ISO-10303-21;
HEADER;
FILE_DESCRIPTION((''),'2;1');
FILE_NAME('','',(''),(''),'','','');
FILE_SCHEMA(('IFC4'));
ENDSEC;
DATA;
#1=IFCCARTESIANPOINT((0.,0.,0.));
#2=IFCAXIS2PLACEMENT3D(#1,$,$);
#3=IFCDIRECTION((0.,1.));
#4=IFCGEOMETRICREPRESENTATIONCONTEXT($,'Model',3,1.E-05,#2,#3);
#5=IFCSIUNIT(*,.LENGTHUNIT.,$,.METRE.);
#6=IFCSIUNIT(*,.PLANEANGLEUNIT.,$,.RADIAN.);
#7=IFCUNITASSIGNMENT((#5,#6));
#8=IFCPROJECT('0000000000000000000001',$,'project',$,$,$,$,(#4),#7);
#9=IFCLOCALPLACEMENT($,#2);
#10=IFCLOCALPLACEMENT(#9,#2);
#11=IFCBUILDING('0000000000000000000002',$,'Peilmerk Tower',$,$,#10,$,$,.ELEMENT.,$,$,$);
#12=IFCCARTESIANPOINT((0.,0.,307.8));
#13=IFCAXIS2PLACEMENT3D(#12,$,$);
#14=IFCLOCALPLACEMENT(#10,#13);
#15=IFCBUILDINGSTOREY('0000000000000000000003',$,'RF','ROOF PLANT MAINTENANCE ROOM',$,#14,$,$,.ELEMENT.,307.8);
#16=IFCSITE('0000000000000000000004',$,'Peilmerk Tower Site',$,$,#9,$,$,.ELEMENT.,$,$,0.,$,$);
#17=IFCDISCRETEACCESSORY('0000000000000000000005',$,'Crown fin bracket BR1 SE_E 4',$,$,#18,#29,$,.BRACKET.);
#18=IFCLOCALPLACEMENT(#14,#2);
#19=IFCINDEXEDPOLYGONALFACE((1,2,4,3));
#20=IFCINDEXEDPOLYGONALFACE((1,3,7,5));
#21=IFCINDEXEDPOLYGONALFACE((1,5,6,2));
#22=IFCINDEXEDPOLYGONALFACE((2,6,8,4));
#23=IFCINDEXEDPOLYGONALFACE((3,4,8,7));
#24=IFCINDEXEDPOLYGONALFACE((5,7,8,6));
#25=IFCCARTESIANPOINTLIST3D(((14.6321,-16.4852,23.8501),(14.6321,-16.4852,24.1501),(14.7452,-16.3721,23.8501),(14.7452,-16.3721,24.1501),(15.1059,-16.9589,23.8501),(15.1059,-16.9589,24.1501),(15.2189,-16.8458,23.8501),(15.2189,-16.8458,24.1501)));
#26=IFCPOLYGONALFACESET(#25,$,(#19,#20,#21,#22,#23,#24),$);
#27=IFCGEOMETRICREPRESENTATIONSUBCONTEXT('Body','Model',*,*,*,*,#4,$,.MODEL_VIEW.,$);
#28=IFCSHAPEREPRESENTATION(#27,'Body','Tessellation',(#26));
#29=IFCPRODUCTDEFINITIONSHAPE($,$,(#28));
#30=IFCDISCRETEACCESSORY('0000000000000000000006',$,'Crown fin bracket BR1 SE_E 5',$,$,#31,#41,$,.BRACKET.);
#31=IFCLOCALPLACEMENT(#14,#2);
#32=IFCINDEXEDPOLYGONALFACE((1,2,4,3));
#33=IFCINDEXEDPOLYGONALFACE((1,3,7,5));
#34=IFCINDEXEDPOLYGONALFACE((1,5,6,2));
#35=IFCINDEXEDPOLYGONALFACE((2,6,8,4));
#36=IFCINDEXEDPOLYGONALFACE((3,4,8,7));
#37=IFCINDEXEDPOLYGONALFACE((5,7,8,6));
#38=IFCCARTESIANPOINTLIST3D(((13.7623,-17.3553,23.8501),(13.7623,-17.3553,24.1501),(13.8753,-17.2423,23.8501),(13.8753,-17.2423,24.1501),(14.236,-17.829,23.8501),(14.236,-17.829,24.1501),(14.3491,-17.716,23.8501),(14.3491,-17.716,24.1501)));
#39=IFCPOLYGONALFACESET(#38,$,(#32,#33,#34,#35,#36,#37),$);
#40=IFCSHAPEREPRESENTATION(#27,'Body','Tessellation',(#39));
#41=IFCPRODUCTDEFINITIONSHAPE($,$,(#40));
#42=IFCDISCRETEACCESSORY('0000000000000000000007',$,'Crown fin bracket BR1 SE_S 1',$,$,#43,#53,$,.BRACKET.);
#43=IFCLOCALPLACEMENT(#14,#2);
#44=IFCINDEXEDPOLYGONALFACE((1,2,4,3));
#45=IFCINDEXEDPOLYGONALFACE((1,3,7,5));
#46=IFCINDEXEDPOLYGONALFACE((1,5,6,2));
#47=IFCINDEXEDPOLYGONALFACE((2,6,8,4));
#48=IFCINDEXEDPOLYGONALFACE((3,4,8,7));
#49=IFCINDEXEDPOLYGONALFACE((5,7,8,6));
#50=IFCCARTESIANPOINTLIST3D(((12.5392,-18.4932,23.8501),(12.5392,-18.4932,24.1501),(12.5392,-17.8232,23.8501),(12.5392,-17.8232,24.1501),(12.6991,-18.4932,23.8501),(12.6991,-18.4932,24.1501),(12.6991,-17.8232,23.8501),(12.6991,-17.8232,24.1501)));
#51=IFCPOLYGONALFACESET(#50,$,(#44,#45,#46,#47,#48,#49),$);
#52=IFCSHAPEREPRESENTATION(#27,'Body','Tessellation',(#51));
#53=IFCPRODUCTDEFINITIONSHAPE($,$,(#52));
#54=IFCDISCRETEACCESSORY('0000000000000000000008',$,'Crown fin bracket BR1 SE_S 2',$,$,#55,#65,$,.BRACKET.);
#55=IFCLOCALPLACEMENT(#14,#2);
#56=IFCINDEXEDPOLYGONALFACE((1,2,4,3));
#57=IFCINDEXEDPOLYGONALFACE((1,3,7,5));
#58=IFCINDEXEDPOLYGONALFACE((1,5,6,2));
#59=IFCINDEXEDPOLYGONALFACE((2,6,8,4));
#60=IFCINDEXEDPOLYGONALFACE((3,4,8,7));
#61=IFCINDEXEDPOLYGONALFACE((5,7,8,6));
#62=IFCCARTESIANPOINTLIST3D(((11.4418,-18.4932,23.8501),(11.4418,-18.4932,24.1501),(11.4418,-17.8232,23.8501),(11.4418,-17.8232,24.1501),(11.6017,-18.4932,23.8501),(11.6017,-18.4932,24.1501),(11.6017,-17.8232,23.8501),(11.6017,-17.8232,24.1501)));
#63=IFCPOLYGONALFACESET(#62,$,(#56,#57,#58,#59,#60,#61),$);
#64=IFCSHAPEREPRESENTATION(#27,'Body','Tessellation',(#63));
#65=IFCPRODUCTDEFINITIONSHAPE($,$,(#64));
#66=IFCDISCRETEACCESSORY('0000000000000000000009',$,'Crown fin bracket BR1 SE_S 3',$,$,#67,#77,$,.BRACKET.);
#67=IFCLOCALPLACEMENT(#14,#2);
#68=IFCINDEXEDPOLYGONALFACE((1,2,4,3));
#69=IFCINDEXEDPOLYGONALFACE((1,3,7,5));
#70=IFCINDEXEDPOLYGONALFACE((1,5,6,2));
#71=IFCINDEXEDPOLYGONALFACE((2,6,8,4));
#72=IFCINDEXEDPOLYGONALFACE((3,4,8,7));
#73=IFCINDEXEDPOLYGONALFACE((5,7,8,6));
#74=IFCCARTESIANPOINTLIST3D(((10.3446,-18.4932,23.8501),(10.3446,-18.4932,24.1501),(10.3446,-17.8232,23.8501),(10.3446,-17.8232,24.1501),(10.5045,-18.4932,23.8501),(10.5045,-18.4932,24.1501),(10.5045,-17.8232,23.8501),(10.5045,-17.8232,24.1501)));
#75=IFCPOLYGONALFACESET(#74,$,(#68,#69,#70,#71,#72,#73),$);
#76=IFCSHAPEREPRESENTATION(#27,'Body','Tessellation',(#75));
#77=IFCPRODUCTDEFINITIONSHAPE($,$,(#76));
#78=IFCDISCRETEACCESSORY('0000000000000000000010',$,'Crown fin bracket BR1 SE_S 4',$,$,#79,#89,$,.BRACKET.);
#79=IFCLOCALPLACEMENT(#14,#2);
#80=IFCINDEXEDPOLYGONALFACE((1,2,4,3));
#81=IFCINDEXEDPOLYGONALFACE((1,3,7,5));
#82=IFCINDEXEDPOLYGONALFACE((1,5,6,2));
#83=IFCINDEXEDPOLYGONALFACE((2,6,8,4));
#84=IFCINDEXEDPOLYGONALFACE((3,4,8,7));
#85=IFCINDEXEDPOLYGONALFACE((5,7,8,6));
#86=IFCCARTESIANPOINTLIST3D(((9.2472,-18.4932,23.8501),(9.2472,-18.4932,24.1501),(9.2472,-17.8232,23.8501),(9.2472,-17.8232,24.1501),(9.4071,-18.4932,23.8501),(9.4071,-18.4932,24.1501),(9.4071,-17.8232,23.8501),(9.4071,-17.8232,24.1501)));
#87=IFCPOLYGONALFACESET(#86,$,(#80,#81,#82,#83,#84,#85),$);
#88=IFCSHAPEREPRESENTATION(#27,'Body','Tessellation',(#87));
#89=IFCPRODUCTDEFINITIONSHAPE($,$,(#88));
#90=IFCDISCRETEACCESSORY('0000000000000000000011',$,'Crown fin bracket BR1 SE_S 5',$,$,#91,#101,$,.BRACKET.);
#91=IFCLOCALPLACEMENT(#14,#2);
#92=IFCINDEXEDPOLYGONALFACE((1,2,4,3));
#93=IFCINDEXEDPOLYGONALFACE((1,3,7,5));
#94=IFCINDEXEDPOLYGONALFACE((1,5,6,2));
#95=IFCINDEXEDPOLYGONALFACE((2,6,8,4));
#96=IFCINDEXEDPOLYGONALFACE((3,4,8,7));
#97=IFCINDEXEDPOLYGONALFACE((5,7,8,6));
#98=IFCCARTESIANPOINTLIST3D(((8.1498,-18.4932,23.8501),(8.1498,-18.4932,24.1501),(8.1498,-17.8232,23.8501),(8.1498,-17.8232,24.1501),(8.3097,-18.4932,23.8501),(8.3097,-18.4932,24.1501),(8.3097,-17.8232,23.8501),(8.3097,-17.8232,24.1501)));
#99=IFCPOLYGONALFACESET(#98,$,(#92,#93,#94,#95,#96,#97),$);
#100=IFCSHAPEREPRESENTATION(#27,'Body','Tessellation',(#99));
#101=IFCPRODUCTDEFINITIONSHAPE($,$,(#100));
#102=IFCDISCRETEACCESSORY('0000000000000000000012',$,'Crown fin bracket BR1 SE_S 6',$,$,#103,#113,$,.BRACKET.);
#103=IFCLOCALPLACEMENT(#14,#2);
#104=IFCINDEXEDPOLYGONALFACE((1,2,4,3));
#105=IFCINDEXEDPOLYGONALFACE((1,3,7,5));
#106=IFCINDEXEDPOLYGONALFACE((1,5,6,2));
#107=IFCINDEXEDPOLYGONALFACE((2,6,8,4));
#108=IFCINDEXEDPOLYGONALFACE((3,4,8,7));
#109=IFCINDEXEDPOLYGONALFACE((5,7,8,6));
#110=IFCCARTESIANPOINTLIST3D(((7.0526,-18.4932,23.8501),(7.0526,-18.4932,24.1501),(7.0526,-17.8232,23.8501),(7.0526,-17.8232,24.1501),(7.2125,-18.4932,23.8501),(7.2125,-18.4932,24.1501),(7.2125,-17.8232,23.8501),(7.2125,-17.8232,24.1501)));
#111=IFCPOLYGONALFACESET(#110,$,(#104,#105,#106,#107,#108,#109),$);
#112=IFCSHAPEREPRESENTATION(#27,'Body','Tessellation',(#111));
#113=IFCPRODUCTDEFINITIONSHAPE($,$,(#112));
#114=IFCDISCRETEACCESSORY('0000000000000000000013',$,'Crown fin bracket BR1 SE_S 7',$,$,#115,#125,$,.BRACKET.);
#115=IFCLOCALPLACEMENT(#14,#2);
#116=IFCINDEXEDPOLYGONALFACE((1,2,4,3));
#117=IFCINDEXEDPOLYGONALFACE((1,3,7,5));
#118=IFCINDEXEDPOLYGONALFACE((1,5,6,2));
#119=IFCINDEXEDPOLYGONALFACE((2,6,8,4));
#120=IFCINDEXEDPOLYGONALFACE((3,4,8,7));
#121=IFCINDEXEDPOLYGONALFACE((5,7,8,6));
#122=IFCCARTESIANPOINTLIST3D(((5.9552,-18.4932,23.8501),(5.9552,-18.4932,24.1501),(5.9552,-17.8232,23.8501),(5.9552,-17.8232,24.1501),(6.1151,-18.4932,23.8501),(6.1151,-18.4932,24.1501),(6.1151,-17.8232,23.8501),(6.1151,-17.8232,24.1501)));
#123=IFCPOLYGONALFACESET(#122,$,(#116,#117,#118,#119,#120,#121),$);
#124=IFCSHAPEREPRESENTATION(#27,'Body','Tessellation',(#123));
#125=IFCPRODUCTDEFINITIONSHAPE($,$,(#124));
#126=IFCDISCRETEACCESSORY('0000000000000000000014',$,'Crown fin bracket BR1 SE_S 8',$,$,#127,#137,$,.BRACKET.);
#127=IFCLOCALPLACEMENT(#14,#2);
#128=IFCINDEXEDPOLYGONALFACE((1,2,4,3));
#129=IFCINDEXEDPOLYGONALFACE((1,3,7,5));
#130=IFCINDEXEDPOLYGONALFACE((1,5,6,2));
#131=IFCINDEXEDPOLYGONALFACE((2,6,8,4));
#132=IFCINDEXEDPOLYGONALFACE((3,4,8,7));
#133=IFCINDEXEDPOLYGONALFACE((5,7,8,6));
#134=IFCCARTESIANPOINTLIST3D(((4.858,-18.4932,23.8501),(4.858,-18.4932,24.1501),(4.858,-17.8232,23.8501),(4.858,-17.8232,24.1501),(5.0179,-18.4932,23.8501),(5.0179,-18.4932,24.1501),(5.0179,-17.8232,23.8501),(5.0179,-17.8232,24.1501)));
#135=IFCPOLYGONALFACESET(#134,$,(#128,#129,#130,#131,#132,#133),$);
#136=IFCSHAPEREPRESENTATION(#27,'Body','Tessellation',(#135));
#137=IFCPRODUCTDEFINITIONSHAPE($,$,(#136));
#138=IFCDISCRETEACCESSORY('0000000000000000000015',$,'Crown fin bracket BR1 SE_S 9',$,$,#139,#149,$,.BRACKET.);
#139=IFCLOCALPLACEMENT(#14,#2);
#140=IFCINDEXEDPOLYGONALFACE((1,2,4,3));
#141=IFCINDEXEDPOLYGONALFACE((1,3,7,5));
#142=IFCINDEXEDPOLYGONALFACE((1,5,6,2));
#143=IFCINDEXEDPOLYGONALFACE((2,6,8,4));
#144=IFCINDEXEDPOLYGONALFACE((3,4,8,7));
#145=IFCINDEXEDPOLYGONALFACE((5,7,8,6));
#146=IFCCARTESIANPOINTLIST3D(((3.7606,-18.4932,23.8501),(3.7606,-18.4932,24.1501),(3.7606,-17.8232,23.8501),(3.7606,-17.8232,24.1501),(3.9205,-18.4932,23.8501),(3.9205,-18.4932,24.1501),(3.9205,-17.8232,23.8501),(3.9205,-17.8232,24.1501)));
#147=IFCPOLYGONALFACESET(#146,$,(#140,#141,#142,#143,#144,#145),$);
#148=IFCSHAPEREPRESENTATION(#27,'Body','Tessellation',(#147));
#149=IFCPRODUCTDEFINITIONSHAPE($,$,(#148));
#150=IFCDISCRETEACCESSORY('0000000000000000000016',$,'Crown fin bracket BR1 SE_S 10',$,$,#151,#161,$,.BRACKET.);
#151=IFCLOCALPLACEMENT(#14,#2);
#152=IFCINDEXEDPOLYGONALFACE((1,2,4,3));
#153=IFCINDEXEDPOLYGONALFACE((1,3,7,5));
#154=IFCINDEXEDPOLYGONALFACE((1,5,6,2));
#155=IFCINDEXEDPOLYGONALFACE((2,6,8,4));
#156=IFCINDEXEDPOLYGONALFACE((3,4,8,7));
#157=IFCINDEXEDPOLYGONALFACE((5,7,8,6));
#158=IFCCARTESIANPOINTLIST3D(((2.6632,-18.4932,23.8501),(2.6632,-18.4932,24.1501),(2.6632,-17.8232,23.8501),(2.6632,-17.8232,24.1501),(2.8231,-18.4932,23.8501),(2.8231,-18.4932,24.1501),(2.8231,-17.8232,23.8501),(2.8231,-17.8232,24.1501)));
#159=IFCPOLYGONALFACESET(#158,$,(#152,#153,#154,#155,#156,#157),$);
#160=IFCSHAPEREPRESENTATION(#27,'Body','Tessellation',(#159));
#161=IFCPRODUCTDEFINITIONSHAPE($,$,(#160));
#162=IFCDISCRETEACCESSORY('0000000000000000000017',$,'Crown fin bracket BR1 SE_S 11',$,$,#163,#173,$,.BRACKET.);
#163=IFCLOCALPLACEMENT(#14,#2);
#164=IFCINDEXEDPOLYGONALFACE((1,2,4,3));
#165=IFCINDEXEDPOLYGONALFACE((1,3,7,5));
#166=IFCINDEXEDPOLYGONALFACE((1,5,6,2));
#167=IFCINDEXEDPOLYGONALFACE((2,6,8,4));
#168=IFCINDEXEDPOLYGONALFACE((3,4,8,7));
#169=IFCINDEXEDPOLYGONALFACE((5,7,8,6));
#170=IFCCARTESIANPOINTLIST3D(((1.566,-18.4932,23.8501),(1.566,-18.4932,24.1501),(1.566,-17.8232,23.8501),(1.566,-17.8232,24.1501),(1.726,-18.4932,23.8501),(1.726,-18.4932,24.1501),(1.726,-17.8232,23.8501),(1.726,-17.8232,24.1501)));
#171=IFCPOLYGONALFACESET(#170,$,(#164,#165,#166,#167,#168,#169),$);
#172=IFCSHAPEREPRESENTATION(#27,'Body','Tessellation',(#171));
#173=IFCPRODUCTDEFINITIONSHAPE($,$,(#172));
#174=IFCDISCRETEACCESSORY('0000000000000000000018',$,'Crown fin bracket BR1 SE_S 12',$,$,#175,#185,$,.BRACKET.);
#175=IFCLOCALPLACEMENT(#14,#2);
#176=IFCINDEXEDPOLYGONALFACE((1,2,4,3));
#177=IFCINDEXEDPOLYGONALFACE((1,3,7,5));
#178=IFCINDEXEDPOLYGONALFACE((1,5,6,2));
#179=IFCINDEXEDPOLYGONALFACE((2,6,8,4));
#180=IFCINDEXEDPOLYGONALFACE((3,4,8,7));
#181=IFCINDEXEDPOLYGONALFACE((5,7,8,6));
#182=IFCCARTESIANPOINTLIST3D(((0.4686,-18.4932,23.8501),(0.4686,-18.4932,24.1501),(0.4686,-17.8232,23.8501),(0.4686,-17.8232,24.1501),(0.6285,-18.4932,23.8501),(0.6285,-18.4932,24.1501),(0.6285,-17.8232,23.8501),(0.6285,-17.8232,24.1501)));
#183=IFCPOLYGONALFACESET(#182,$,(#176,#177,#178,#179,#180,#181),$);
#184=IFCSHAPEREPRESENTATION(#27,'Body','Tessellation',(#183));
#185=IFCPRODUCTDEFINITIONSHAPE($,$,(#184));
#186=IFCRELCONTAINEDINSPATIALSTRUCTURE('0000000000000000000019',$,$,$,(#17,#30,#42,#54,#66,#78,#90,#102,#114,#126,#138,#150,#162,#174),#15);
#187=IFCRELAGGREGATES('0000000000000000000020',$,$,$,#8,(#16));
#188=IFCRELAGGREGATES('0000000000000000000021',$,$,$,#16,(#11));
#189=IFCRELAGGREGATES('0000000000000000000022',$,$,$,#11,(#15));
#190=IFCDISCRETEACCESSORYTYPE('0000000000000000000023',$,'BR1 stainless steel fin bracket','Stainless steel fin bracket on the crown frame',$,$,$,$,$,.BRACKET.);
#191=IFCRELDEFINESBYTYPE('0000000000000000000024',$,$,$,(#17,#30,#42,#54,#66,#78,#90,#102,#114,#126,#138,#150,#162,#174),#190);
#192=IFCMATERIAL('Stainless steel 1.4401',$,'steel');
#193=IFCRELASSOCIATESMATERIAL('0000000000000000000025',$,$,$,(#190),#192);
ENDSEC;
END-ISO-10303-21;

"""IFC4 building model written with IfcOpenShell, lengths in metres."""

from ifc_helpers import new_model, si_unit, direction, frame, origin, origin_2d, place, context, subcontext, project, spatial, rectangle, extrude, source, transform, mapped, material, type_object, element, save


model = new_model("IFC4")

# Units and contexts
model_context = context("Model", 3, precision=1e-05, world=origin(), true_north=direction((0.0, 1.0)))
body_context = subcontext(model_context, "Body", "Model", "MODEL_VIEW")
ifc_project = project(units=[si_unit("LENGTHUNIT", "METRE"), si_unit("PLANEANGLEUNIT", "RADIAN")], contexts=[model_context])

# Site, building, storey
site_placement = place(None, origin())
site = spatial("IfcSite", under=ifc_project, at=site_placement, Name="Peilmerk Tower Site", CompositionType="ELEMENT", RefElevation=0.0)
building_placement = place(site_placement, origin())
building = spatial("IfcBuilding", under=site, at=building_placement, Name="Peilmerk Tower", CompositionType="ELEMENT")
storey_placement = place(building_placement, frame((0.0, 0.0, 307.8)))
storey = spatial("IfcBuildingStorey", under=building, at=storey_placement, Name="RF", Description="ROOF PLANT MAINTENANCE ROOM", CompositionType="ELEMENT", Elevation=307.8)

# Discrete accessories
ifc_material_1 = material(Name="Stainless steel 1.4401", Category="steel")
discrete_accessory_type = type_object("IfcDiscreteAccessoryType", Name="BR1 stainless steel fin bracket", Description="Stainless steel fin bracket on the crown frame", PredefinedType="BRACKET", material=ifc_material_1)
shared_shape_1 = source(origin(), body_context, "Body", "SweptSolid", [
    extrude(rectangle(XDim=0.6699, YDim=0.1599, at=origin_2d()), origin(), (0.0, 0.0, 1.0), 0.3),
])
for number, where, z_axis, x_axis, name in (
    (1, (14.9255, -16.6655, 23.8501), (0.0, 0.0, 1.0), (0.707107, -0.707107, 0.0), "Crown fin bracket BR1 SE_E 4"),
    (2, (14.0557, -17.5356, 23.8501), (0.0, 0.0, 1.0), (0.707107, -0.707107, 0.0), "Crown fin bracket BR1 SE_E 5"),
    (3, (12.6191, -18.1582, 23.8501), (0.0, 0.0, 1.0), (0.0, -1.0, 0.0), "Crown fin bracket BR1 SE_S 1"),
    (4, (11.5217, -18.1582, 23.8501), (0.0, 0.0, 1.0), (0.0, -1.0, 0.0), "Crown fin bracket BR1 SE_S 2"),
    (5, (10.4246, -18.1582, 23.8501), (0.0, 0.0, 1.0), (0.0, -1.0, 0.0), "Crown fin bracket BR1 SE_S 3"),
    (6, (9.3271, -18.1582, 23.8501), (0.0, 0.0, 1.0), (0.0, -1.0, 0.0), "Crown fin bracket BR1 SE_S 4"),
    (7, (8.2297, -18.1582, 23.8501), (0.0, 0.0, 1.0), (0.0, -1.0, 0.0), "Crown fin bracket BR1 SE_S 5"),
    (8, (7.1326, -18.1582, 23.8501), (0.0, 0.0, 1.0), (0.0, -1.0, 0.0), "Crown fin bracket BR1 SE_S 6"),
    (9, (6.0352, -18.1582, 23.8501), (0.0, 0.0, 1.0), (0.0, -1.0, 0.0), "Crown fin bracket BR1 SE_S 7"),
    (10, (4.938, -18.1582, 23.8501), (0.0, 0.0, 1.0), (0.0, -1.0, 0.0), "Crown fin bracket BR1 SE_S 8"),
    (11, (3.8406, -18.1582, 23.8501), (0.0, 0.0, 1.0), (0.0, -1.0, 0.0), "Crown fin bracket BR1 SE_S 9"),
    (12, (2.7432, -18.1582, 23.8501), (0.0, 0.0, 1.0), (0.0, -1.0, 0.0), "Crown fin bracket BR1 SE_S 10"),
    (13, (1.646, -18.1582, 23.8501), (0.0, 0.0, 1.0), (0.0, -1.0, 0.0), "Crown fin bracket BR1 SE_S 11"),
    (14, (0.5486, -18.1582, 23.8501), (0.0, 0.0, 1.0), (0.0, -1.0, 0.0), "Crown fin bracket BR1 SE_S 12"),
):
    element("IfcDiscreteAccessory", number, at=place(storey_placement, frame(where, z_axis=z_axis, x_axis=x_axis)), inside=storey, type_object=discrete_accessory_type, Name=name, PredefinedType="BRACKET", context=body_context, shape_type="MappedRepresentation", body=[
        mapped(shared_shape_1, transform((0.0, 0.0, 0.0), scale=1.0)),
    ])

save(model, "model.ifc")
